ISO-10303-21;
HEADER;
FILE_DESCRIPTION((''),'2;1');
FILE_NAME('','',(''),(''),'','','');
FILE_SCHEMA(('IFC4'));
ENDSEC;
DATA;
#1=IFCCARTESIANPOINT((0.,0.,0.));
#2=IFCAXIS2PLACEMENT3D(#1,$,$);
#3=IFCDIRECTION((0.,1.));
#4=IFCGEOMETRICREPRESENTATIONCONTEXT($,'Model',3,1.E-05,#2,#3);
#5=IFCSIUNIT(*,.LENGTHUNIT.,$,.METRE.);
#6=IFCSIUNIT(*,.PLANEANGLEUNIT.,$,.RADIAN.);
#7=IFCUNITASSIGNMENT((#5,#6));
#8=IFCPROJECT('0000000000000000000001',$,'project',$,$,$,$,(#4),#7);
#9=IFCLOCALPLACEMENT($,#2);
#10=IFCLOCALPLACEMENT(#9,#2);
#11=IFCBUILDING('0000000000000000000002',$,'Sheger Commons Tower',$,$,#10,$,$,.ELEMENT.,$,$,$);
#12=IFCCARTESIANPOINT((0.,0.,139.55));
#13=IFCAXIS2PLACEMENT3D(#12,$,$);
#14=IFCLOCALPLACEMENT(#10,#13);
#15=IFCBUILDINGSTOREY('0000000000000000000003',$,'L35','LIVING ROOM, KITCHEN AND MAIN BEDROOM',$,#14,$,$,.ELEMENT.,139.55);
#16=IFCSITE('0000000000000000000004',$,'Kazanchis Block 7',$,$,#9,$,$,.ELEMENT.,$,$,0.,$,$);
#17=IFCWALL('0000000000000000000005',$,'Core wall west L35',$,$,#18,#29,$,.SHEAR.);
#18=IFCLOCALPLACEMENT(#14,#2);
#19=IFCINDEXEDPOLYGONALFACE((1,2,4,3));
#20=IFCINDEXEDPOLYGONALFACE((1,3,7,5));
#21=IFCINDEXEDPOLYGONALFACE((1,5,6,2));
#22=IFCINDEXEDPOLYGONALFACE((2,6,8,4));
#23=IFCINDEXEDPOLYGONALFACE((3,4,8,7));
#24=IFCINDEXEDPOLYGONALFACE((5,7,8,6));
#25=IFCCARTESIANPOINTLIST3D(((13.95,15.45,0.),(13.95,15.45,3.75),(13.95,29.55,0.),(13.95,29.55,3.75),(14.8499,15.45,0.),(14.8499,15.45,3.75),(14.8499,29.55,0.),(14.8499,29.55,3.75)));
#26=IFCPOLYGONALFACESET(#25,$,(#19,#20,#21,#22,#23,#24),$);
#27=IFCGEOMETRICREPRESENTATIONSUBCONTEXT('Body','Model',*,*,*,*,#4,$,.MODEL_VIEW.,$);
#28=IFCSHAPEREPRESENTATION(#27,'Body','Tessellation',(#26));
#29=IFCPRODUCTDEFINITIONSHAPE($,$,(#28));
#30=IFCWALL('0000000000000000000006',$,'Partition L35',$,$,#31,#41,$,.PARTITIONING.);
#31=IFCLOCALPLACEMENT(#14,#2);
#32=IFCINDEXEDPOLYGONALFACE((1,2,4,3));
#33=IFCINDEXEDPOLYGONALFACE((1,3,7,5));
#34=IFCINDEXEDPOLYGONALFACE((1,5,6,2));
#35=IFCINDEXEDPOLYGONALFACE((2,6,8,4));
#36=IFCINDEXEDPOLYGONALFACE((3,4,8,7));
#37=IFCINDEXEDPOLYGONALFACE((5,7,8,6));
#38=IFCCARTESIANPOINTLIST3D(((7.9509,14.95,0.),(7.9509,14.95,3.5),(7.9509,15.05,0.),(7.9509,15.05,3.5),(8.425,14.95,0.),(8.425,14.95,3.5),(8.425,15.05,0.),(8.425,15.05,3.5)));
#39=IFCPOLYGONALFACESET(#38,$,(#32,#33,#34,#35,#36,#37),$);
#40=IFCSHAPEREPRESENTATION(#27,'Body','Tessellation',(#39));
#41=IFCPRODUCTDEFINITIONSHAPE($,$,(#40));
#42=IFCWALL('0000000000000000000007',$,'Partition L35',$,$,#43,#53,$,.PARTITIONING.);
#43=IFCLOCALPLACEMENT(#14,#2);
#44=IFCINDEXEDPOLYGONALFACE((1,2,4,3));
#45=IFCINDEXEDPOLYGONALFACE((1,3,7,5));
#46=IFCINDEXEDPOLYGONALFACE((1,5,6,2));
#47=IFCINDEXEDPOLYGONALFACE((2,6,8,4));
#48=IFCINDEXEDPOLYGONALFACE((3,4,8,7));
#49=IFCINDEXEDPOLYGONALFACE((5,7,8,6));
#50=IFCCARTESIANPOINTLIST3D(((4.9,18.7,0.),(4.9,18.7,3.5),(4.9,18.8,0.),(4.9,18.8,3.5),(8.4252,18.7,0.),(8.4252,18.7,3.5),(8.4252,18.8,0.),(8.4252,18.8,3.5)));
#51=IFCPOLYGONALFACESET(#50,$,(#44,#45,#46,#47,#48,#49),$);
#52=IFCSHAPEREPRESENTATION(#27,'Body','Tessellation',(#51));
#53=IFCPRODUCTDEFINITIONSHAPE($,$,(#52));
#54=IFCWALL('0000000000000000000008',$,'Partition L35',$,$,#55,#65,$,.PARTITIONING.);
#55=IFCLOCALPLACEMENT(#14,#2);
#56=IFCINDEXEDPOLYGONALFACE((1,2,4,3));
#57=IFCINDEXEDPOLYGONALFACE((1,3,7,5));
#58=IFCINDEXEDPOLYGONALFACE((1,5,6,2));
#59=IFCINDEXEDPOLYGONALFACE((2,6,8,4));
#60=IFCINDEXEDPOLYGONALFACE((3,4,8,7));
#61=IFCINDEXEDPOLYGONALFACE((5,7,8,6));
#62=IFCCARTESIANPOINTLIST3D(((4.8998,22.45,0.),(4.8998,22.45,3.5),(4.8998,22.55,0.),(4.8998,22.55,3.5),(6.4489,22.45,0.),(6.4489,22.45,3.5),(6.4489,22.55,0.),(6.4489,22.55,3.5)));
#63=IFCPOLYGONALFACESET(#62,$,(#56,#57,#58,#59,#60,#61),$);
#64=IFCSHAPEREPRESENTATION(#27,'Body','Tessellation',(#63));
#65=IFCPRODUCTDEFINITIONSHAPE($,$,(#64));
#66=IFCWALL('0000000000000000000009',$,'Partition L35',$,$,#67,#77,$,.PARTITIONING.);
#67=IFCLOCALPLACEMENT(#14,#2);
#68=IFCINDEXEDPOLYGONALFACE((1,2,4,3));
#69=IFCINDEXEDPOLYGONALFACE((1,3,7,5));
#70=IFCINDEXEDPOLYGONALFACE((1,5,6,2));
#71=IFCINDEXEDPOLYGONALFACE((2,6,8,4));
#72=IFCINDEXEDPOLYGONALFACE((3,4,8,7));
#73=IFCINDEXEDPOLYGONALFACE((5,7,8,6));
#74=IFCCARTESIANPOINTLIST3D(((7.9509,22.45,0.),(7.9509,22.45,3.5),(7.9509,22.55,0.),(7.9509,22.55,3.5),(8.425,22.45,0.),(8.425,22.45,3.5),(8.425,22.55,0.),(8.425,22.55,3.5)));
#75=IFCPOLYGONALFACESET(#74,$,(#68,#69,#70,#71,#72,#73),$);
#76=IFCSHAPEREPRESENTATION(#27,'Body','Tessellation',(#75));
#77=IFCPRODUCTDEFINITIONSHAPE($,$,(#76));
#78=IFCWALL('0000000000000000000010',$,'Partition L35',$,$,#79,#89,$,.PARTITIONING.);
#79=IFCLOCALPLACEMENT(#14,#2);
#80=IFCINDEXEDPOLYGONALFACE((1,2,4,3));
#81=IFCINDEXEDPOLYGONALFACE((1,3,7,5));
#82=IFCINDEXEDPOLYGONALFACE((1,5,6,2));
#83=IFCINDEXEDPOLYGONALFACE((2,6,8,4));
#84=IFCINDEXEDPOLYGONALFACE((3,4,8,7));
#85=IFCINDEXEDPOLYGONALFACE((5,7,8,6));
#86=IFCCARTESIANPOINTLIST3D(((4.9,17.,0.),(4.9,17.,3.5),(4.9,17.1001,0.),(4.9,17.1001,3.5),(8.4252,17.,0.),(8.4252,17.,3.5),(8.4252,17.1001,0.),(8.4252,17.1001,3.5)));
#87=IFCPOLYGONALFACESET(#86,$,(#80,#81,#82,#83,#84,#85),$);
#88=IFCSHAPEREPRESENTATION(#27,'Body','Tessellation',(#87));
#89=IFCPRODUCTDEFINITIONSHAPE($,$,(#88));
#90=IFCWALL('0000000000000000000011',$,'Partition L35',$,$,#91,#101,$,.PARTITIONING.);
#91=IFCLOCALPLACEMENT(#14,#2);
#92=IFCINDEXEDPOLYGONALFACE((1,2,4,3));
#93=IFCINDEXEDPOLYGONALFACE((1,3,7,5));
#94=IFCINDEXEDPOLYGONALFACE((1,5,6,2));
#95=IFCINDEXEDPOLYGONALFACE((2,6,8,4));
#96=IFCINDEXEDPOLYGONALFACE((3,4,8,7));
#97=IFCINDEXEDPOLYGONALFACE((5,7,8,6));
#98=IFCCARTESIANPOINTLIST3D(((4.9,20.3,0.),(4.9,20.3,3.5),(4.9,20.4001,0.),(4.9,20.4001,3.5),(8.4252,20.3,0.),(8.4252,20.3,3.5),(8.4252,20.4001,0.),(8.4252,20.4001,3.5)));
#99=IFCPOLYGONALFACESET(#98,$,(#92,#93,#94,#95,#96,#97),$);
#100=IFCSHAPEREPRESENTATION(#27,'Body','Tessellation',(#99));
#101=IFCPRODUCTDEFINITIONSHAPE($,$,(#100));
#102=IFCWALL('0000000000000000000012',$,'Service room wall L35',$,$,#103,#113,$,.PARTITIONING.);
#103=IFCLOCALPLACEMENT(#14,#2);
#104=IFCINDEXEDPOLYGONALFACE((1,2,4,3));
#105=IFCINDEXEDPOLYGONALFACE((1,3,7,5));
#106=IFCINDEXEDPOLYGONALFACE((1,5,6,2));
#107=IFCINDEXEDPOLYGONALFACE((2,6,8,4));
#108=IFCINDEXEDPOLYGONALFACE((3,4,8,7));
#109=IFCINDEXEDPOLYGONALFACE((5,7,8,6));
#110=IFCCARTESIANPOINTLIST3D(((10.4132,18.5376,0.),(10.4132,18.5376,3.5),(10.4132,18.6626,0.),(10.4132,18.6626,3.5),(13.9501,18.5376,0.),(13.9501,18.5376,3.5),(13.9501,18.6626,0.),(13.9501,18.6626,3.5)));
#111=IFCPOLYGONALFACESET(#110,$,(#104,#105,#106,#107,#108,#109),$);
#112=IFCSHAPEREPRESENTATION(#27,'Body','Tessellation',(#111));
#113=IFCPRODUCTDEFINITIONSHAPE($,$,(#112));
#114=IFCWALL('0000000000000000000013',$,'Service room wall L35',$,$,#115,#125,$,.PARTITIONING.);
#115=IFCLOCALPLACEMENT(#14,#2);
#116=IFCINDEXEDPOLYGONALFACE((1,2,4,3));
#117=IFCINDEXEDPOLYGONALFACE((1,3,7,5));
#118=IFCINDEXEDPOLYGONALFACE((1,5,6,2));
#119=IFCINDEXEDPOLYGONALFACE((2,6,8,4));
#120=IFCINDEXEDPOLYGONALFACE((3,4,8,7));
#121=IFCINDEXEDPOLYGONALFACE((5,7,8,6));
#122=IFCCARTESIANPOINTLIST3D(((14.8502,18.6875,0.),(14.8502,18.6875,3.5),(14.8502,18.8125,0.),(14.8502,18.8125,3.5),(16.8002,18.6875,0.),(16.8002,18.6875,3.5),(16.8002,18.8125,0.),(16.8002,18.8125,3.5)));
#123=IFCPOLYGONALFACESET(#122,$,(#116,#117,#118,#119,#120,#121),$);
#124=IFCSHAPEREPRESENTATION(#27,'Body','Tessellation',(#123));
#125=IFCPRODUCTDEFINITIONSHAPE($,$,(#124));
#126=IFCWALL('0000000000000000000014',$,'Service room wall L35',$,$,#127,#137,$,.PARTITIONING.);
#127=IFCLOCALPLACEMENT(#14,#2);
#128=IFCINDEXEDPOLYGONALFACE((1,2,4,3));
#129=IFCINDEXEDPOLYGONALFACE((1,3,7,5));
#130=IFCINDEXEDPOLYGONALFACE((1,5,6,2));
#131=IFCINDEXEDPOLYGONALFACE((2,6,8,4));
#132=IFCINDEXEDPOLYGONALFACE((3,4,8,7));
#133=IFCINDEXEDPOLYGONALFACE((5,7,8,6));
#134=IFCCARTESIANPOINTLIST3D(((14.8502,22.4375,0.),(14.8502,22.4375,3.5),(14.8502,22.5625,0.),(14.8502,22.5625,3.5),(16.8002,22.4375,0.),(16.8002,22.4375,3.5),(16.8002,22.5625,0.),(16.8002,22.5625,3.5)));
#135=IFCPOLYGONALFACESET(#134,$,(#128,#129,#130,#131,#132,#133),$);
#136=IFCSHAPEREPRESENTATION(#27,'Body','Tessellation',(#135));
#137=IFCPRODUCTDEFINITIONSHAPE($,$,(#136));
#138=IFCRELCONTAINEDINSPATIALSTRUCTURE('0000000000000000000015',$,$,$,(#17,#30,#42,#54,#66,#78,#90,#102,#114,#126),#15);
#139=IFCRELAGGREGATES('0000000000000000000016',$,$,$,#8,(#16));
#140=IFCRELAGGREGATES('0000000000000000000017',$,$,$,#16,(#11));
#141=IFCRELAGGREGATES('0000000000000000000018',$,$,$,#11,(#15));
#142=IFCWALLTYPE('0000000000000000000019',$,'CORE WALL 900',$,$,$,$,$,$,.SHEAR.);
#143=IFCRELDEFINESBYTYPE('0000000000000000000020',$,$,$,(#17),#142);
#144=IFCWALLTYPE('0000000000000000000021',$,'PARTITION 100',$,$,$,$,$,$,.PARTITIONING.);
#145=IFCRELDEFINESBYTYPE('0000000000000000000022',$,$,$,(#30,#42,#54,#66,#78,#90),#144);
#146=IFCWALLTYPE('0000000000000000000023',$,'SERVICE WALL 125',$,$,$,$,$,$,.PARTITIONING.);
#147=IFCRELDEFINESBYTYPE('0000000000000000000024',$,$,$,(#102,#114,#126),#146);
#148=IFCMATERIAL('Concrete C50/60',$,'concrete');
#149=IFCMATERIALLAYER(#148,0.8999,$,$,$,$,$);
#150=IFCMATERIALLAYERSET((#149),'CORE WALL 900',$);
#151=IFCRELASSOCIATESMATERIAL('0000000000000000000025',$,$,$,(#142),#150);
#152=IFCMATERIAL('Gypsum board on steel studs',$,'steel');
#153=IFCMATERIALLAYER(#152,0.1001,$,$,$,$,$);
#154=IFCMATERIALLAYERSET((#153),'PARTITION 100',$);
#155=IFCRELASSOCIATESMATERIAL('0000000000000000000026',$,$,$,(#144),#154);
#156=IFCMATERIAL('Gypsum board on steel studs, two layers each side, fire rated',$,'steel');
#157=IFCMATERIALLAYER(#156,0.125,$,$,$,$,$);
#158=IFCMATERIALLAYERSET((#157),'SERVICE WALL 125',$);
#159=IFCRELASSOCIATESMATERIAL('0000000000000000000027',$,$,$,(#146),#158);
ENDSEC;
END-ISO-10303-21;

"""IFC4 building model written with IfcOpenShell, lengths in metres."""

from ifc_helpers import new_model, si_unit, direction, frame, frame_2d, origin, place, context, subcontext, project, spatial, rectangle, extrude, material, layer, layer_set, type_object, element, save


model = new_model("IFC4")

# Units and contexts
model_context = context("Model", 3, precision=1e-05, world=origin(), true_north=direction((0.0, 1.0)))
body_context = subcontext(model_context, "Body", "Model", "MODEL_VIEW")
ifc_project = project(units=[si_unit("LENGTHUNIT", "METRE"), si_unit("PLANEANGLEUNIT", "RADIAN")], contexts=[model_context])

# Site, building, storey
site_placement = place(None, origin())
site = spatial("IfcSite", under=ifc_project, at=site_placement, Name="Kazanchis Block 7", CompositionType="ELEMENT", RefElevation=0.0)
building_placement = place(site_placement, origin())
building = spatial("IfcBuilding", under=site, at=building_placement, Name="Sheger Commons Tower", CompositionType="ELEMENT")
storey_placement = place(building_placement, frame((0.0, 0.0, 139.55)))
storey = spatial("IfcBuildingStorey", under=building, at=storey_placement, Name="L35", Description="LIVING ROOM, KITCHEN AND MAIN BEDROOM", CompositionType="ELEMENT", Elevation=139.55)

# Shared definitions
ifc_material_1 = material(Name="Concrete C50/60", Category="concrete")
ifc_layer_1 = layer(ifc_material_1, 0.8999)
ifc_layer_set_1 = layer_set([ifc_layer_1], Name="CORE WALL 900")
wall_type_1 = type_object("IfcWallType", Name="CORE WALL 900", PredefinedType="SHEAR", material=ifc_layer_set_1)

# Walls
wall_1_placement = place(storey_placement, frame((14.3999, 15.45, 0.0), z_axis=(0.0, 0.0, 1.0), x_axis=(0.0, 1.0, 0.0)))
element("IfcWall", 1, at=wall_1_placement, inside=storey, type_object=wall_type_1, Name="Core wall west L35", PredefinedType="SHEAR", context=body_context, shape_type="SweptSolid", body=[
    extrude(rectangle(XDim=14.1001, YDim=0.8999, at=frame_2d((7.05, 0.0))), origin(), (0.0, 0.0, 1.0), 3.75),
])
ifc_material_2 = material(Name="Gypsum board on steel studs", Category="steel")
ifc_layer_2 = layer(ifc_material_2, 0.1001)
ifc_layer_set_2 = layer_set([ifc_layer_2], Name="PARTITION 100")
wall_type_2 = type_object("IfcWallType", Name="PARTITION 100", PredefinedType="PARTITIONING", material=ifc_layer_set_2)
wall_2_placement = place(storey_placement, frame((7.9509, 15.0, 0.0), z_axis=(0.0, 0.0, 1.0), x_axis=(1.0, 0.0, 0.0)))
element("IfcWall", 2, at=wall_2_placement, inside=storey, type_object=wall_type_2, Name="Partition L35", PredefinedType="PARTITIONING", context=body_context, shape_type="SweptSolid", body=[
    extrude(rectangle(XDim=0.4741, YDim=0.1001, at=frame_2d((0.2371, 0.0))), origin(), (0.0, 0.0, 1.0), 3.5),
])
wall_3_placement = place(storey_placement, frame((4.8999, 18.75, 0.0), z_axis=(0.0, 0.0, 1.0), x_axis=(1.0, 0.0, 0.0)))
element("IfcWall", 3, at=wall_3_placement, inside=storey, type_object=wall_type_2, Name="Partition L35", PredefinedType="PARTITIONING", context=body_context, shape_type="SweptSolid", body=[
    extrude(rectangle(XDim=3.5251, YDim=0.1001, at=frame_2d((1.7627, 0.0))), origin(), (0.0, 0.0, 1.0), 3.5),
])
wall_4_placement = place(storey_placement, frame((4.8999, 22.5, 0.0), z_axis=(0.0, 0.0, 1.0), x_axis=(1.0, 0.0, 0.0)))
element("IfcWall", 4, at=wall_4_placement, inside=storey, type_object=wall_type_2, Name="Partition L35", PredefinedType="PARTITIONING", context=body_context, shape_type="SweptSolid", body=[
    extrude(rectangle(XDim=1.5491, YDim=0.1001, at=frame_2d((0.7744, 0.0))), origin(), (0.0, 0.0, 1.0), 3.5),
])
wall_5_placement = place(storey_placement, frame((7.9509, 22.5, 0.0), z_axis=(0.0, 0.0, 1.0), x_axis=(1.0, 0.0, 0.0)))
element("IfcWall", 5, at=wall_5_placement, inside=storey, type_object=wall_type_2, Name="Partition L35", PredefinedType="PARTITIONING", context=body_context, shape_type="SweptSolid", body=[
    extrude(rectangle(XDim=0.4741, YDim=0.1001, at=frame_2d((0.2371, 0.0))), origin(), (0.0, 0.0, 1.0), 3.5),
])
for number, where, z_axis, x_axis, name in (
    (6, (4.8999, 17.05, 0.0), (0.0, 0.0, 1.0), (1.0, 0.0, 0.0), "Partition L35"),
    (7, (4.8999, 20.3501, 0.0), (0.0, 0.0, 1.0), (1.0, 0.0, 0.0), "Partition L35"),
):
    element("IfcWall", number, at=place(storey_placement, frame(where, z_axis=z_axis, x_axis=x_axis)), inside=storey, type_object=wall_type_2, Name=name, PredefinedType="PARTITIONING", context=body_context, shape_type="SweptSolid", body=[
        extrude(rectangle(XDim=3.5251, YDim=0.1001, at=frame_2d((1.7627, 0.0))), origin(), (0.0, 0.0, 1.0), 3.5),
    ])
ifc_material_3 = material(Name="Gypsum board on steel studs, two layers each side, fire rated", Category="steel")
ifc_layer_3 = layer(ifc_material_3, 0.125)
ifc_layer_set_3 = layer_set([ifc_layer_3], Name="SERVICE WALL 125")
wall_type_3 = type_object("IfcWallType", Name="SERVICE WALL 125", PredefinedType="PARTITIONING", material=ifc_layer_set_3)
wall_6_placement = place(storey_placement, frame((10.4131, 18.6001, 0.0), z_axis=(0.0, 0.0, 1.0), x_axis=(1.0, 0.0, 0.0)))
element("IfcWall", 8, at=wall_6_placement, inside=storey, type_object=wall_type_3, Name="Service room wall L35", PredefinedType="PARTITIONING", context=body_context, shape_type="SweptSolid", body=[
    extrude(rectangle(XDim=3.5369, YDim=0.125, at=frame_2d((1.7686, 0.0))), origin(), (0.0, 0.0, 1.0), 3.5),
])
for number, where, z_axis, x_axis, name in (
    (9, (14.8501, 18.75, 0.0), (0.0, 0.0, 1.0), (1.0, 0.0, 0.0), "Service room wall L35"),
    (10, (14.8501, 22.5, 0.0), (0.0, 0.0, 1.0), (1.0, 0.0, 0.0), "Service room wall L35"),
):
    element("IfcWall", number, at=place(storey_placement, frame(where, z_axis=z_axis, x_axis=x_axis)), inside=storey, type_object=wall_type_3, Name=name, PredefinedType="PARTITIONING", context=body_context, shape_type="SweptSolid", body=[
        extrude(rectangle(XDim=1.95, YDim=0.125, at=frame_2d((0.9751, 0.0))), origin(), (0.0, 0.0, 1.0), 3.5),
    ])

save(model, "model.ifc")
